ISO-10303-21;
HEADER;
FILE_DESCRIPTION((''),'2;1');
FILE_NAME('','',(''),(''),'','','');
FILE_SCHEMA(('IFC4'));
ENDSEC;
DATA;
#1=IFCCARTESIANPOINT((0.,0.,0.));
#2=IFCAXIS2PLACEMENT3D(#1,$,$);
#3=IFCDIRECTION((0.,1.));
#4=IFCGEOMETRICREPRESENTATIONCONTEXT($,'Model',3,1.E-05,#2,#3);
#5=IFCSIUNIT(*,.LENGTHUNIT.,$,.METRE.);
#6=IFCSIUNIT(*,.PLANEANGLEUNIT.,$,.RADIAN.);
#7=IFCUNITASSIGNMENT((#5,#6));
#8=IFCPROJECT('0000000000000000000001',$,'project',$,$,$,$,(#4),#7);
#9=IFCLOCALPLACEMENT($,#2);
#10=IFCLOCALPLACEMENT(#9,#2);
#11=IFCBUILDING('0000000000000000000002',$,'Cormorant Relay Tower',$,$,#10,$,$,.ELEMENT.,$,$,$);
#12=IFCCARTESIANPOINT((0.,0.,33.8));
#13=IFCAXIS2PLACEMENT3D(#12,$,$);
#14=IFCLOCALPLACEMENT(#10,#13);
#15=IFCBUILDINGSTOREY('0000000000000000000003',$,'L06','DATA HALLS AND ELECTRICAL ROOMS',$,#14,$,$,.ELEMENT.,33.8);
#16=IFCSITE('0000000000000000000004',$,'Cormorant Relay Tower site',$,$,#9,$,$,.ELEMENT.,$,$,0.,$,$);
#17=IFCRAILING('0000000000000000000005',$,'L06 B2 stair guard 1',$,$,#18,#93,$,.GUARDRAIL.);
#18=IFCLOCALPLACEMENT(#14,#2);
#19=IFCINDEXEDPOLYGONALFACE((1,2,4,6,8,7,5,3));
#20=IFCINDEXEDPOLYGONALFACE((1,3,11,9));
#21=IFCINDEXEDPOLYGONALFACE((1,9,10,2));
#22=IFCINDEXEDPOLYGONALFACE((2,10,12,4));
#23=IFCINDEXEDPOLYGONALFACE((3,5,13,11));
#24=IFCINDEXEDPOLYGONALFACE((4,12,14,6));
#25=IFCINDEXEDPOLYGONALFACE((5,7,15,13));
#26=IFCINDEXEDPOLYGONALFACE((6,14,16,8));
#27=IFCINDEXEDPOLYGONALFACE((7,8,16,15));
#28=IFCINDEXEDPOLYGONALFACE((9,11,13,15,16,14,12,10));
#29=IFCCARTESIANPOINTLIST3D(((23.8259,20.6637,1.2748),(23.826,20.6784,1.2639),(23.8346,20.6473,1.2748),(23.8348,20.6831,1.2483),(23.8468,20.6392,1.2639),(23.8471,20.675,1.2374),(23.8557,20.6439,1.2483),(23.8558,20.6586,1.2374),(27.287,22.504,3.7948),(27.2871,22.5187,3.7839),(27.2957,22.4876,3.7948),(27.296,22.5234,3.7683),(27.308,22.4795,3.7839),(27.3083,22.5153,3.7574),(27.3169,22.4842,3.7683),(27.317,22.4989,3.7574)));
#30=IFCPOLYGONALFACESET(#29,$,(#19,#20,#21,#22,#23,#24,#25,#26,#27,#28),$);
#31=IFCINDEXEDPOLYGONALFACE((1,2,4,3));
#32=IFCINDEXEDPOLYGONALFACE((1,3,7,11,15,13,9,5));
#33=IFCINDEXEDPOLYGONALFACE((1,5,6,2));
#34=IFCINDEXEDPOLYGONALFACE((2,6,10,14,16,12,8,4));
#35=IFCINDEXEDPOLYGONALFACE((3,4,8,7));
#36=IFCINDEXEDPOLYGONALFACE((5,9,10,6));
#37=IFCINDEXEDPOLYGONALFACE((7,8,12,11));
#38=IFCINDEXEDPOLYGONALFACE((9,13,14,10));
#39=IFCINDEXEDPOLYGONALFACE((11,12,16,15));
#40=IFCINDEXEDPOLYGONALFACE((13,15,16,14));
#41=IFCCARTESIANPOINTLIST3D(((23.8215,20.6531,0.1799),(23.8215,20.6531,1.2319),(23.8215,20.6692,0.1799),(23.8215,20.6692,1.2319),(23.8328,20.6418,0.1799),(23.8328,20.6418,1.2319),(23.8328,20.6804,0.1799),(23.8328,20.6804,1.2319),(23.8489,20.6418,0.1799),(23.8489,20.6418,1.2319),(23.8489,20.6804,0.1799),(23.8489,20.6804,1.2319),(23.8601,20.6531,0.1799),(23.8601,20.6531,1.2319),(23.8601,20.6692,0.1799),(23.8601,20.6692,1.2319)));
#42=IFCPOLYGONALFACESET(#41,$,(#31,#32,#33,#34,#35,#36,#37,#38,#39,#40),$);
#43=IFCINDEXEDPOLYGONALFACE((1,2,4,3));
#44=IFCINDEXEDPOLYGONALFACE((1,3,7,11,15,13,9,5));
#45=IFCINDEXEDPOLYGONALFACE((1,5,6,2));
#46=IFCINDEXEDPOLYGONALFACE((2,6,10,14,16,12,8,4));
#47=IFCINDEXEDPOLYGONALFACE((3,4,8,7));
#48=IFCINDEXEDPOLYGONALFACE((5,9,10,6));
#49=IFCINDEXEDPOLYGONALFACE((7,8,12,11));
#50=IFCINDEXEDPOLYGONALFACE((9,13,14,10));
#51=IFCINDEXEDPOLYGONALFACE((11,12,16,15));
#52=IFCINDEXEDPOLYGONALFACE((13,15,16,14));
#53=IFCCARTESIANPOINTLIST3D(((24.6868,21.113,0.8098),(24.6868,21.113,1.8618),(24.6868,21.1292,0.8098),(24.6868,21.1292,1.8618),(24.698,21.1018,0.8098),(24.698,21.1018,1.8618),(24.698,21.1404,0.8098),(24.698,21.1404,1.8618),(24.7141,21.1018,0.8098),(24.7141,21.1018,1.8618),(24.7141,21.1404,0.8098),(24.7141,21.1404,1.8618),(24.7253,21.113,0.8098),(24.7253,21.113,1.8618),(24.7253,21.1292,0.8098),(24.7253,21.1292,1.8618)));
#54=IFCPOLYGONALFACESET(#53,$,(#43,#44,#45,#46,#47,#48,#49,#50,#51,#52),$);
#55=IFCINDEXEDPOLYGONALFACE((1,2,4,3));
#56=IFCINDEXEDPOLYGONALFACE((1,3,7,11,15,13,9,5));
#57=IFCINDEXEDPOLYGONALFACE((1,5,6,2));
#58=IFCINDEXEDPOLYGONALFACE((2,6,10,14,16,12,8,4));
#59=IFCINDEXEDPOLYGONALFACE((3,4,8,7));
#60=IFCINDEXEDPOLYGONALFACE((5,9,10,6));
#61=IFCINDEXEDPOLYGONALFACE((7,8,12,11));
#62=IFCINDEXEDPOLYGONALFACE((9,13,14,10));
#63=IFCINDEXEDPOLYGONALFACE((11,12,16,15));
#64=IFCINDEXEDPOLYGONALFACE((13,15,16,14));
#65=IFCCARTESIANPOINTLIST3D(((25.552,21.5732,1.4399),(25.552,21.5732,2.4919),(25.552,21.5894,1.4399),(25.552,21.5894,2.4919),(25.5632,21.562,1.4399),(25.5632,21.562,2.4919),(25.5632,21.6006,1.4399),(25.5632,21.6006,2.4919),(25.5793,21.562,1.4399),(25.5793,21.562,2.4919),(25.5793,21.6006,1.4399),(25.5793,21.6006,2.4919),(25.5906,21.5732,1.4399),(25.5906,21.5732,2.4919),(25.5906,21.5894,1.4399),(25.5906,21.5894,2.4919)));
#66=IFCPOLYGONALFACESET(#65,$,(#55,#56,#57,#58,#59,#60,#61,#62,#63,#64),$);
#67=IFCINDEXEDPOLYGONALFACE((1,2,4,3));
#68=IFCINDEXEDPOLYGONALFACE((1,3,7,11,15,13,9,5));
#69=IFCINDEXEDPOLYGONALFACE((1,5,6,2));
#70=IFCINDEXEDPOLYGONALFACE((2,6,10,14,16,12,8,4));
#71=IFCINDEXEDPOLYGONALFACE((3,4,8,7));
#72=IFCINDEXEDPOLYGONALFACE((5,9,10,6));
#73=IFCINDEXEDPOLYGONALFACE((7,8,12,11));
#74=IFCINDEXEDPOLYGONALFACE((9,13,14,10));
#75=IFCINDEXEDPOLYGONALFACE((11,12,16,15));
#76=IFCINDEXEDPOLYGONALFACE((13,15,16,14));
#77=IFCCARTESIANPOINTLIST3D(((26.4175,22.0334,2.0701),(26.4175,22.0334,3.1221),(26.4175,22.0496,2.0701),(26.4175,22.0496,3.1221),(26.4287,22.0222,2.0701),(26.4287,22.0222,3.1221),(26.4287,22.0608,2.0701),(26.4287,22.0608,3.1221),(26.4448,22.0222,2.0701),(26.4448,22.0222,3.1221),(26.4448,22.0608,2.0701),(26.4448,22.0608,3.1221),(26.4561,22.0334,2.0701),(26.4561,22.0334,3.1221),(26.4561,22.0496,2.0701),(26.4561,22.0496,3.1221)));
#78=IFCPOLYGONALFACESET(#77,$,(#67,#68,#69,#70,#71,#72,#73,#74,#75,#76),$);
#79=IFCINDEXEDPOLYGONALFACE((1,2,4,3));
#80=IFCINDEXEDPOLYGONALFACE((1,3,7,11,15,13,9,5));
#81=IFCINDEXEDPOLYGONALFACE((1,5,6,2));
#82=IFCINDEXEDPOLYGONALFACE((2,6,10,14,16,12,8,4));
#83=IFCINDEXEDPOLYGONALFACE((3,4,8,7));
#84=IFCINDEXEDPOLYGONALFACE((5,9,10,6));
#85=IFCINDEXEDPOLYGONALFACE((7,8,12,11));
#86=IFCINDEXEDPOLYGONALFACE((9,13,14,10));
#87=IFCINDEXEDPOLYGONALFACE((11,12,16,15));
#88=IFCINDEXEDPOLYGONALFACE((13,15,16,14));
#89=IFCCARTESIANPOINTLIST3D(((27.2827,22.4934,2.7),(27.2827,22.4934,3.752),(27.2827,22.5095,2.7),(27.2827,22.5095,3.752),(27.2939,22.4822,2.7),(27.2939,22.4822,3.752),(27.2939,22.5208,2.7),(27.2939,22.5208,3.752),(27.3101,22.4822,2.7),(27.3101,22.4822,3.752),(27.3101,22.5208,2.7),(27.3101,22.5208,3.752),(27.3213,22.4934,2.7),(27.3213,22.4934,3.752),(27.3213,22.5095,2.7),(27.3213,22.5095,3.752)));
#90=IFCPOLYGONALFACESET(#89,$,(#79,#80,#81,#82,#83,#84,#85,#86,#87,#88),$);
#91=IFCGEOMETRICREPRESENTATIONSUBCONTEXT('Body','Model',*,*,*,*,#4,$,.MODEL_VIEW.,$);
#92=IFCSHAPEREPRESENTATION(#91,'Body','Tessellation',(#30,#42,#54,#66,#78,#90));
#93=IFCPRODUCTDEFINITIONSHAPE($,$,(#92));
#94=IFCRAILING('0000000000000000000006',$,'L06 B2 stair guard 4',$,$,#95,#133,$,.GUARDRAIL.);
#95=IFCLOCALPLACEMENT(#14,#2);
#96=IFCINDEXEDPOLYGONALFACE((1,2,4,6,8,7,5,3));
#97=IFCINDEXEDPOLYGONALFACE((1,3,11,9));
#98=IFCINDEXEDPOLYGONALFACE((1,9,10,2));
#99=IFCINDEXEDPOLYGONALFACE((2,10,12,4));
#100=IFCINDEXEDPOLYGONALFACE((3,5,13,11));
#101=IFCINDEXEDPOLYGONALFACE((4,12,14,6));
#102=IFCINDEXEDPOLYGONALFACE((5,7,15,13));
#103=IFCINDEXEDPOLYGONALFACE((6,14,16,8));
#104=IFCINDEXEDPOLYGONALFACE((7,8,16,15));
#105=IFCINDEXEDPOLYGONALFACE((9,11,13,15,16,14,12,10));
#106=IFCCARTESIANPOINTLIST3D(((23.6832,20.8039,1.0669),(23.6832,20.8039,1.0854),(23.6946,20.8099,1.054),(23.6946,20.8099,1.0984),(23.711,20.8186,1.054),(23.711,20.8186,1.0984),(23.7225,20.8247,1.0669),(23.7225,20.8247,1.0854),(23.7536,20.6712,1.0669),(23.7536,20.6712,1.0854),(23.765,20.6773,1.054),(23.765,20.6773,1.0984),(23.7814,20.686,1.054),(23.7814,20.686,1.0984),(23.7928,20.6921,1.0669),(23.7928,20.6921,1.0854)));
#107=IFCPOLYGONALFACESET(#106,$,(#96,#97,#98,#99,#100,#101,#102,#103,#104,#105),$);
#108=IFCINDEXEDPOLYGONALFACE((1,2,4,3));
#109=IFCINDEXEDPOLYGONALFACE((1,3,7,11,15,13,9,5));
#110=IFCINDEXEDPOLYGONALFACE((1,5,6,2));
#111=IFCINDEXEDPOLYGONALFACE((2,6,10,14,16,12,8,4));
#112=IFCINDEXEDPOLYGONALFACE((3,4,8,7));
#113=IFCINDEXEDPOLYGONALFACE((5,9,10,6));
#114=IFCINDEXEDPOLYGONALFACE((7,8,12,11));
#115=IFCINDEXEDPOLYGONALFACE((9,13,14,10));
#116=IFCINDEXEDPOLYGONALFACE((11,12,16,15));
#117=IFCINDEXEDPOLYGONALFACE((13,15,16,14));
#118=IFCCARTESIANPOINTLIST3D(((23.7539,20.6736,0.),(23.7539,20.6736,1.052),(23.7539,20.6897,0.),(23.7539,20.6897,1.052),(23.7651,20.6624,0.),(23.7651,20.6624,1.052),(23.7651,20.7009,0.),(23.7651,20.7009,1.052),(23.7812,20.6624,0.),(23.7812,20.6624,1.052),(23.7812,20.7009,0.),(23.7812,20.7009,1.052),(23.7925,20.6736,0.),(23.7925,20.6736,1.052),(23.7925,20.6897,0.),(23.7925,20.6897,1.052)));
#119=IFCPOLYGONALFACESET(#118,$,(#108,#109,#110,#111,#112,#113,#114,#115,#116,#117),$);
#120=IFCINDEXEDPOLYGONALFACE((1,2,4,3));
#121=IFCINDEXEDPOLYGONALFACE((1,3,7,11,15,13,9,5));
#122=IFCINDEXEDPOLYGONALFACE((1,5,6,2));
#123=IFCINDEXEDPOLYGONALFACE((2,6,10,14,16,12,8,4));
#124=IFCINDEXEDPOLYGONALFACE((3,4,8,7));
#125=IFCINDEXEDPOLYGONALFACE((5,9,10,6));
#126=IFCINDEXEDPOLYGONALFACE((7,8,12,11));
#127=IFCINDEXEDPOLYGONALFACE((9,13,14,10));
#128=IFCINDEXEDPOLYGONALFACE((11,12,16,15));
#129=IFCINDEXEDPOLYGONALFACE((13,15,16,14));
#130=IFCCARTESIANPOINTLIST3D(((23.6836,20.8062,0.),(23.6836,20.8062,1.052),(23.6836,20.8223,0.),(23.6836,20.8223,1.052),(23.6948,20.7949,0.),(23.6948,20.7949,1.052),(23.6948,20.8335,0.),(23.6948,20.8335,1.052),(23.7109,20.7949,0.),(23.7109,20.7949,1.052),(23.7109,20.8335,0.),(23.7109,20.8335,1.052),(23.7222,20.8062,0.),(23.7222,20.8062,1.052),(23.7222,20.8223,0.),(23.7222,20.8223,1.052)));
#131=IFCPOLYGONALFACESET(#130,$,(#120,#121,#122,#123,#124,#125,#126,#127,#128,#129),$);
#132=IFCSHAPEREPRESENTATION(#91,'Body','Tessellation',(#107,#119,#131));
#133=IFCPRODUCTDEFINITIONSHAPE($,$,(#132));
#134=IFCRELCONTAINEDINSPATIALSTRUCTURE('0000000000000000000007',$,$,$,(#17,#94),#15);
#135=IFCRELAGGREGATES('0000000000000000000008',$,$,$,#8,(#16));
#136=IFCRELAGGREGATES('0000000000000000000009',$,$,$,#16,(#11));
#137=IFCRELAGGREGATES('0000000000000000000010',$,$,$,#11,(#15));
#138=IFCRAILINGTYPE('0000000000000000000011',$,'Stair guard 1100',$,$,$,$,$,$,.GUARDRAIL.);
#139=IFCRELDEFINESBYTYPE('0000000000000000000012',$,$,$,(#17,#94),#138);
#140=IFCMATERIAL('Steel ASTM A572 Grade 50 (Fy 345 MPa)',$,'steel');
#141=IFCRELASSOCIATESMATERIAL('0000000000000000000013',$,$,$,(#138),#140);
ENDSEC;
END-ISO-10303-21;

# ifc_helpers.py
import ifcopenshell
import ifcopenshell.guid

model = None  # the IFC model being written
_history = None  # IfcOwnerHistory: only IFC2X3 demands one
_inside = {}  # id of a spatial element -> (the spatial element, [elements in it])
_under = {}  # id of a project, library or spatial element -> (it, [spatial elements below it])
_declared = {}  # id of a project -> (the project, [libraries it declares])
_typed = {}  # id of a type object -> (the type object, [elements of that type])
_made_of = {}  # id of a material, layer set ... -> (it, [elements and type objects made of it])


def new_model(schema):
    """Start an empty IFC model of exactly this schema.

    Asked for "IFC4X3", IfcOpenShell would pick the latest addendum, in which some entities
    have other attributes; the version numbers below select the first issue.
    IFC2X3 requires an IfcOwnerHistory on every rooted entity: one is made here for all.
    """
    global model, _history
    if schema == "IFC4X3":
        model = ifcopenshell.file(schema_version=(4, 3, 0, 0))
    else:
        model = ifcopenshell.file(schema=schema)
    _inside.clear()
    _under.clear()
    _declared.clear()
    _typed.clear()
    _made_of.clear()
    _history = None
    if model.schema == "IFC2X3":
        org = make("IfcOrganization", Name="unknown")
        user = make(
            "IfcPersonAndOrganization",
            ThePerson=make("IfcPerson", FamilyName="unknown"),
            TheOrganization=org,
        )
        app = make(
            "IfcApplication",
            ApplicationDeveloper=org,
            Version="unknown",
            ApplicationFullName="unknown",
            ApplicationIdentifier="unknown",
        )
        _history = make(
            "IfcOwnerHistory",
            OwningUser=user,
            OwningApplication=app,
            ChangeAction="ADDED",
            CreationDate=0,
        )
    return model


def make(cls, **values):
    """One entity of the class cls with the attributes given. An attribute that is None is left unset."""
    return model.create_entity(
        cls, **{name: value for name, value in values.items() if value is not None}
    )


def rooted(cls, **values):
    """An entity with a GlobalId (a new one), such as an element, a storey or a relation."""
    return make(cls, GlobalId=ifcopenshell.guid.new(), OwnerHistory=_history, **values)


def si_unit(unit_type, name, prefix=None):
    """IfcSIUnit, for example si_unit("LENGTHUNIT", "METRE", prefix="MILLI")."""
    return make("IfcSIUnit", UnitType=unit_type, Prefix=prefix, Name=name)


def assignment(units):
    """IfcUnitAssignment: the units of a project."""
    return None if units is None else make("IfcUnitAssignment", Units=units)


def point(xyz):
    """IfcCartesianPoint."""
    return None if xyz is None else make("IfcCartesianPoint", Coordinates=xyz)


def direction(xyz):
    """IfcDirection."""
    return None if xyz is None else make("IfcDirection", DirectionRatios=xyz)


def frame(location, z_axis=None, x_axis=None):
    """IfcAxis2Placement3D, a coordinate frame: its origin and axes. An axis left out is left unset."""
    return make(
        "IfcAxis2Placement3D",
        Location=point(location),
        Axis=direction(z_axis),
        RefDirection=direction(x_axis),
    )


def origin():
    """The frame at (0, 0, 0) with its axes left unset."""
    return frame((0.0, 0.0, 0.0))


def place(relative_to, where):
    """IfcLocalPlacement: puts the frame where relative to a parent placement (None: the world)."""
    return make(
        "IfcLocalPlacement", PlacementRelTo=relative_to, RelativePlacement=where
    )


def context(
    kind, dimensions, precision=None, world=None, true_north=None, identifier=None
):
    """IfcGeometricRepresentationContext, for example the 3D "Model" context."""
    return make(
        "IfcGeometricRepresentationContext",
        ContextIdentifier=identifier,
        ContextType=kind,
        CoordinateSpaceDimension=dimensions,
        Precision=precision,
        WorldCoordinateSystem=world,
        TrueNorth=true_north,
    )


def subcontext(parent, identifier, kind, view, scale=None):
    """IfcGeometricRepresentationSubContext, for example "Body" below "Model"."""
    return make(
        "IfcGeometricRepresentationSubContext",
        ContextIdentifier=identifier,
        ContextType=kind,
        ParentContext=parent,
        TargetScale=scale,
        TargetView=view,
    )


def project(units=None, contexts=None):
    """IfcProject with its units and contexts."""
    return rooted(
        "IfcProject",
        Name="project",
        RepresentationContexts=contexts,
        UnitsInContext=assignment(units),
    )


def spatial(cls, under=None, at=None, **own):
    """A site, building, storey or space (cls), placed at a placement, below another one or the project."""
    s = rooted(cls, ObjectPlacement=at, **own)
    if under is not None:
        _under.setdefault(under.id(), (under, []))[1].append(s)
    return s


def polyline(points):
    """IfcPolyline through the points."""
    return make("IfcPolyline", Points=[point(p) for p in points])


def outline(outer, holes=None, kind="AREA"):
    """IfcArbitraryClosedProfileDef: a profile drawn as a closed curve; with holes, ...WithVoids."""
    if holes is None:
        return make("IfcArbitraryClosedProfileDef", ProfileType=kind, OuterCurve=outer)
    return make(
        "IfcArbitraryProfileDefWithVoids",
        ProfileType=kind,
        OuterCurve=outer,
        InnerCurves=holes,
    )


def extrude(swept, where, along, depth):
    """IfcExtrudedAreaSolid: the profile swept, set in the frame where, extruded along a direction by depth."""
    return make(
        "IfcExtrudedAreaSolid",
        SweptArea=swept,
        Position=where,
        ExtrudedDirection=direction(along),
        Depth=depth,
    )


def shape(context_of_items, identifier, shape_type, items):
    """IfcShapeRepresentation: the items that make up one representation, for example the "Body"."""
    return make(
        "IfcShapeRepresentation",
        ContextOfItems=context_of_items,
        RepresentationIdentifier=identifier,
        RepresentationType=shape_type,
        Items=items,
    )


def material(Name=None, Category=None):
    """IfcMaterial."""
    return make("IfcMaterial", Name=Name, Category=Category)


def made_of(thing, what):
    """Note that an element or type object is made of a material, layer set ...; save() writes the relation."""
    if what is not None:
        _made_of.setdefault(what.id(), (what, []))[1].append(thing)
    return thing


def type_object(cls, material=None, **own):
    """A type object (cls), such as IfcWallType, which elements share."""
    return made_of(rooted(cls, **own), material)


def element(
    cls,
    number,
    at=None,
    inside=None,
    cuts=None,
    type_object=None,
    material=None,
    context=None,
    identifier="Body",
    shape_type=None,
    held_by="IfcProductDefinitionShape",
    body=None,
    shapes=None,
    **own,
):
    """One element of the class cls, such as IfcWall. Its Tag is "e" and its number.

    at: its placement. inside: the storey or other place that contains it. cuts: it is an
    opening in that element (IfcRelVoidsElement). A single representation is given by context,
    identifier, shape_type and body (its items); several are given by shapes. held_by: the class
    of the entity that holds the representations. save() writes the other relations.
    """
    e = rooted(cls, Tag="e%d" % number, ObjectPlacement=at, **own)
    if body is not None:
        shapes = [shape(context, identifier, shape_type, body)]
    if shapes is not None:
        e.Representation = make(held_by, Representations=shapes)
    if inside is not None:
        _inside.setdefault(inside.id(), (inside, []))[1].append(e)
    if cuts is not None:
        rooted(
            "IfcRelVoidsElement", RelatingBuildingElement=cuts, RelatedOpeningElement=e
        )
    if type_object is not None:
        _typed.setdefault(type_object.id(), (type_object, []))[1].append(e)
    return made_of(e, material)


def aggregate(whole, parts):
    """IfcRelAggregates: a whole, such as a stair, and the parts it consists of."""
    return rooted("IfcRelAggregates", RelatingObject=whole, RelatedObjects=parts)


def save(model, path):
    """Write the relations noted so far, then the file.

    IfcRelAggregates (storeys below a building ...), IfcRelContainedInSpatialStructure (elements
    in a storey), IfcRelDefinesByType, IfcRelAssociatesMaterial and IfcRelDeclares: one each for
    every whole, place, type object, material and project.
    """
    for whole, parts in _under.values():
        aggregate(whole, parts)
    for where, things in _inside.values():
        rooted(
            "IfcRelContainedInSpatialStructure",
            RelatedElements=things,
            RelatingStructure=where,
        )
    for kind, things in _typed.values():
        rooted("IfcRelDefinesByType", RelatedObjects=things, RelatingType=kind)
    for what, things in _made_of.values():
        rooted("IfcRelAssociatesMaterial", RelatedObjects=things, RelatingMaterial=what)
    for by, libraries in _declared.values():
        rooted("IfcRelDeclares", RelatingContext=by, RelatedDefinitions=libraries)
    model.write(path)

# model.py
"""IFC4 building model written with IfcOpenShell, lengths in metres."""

from ifc_helpers import new_model, si_unit, direction, frame, origin, place, context, subcontext, project, spatial, polyline, outline, extrude, material, type_object, element, save


model = new_model("IFC4")

# Units and contexts
model_context = context("Model", 3, precision=1e-05, world=origin(), true_north=direction((0.0, 1.0)))
body_context = subcontext(model_context, "Body", "Model", "MODEL_VIEW")
ifc_project = project(units=[si_unit("LENGTHUNIT", "METRE"), si_unit("PLANEANGLEUNIT", "RADIAN")], contexts=[model_context])

# Site, building, storey
site_placement = place(None, origin())
site = spatial("IfcSite", under=ifc_project, at=site_placement, Name="Cormorant Relay Tower site", CompositionType="ELEMENT", RefElevation=0.0)
building_placement = place(site_placement, origin())
building = spatial("IfcBuilding", under=site, at=building_placement, Name="Cormorant Relay Tower", CompositionType="ELEMENT")
storey_placement = place(building_placement, frame((0.0, 0.0, 33.8)))
storey = spatial("IfcBuildingStorey", under=building, at=storey_placement, Name="L06", Description="DATA HALLS AND ELECTRICAL ROOMS", CompositionType="ELEMENT", Elevation=33.8)

# Railings
ifc_material_1 = material(Name="Steel ASTM A572 Grade 50 (Fy 345 MPa)", Category="steel")
railing_type_1 = type_object("IfcRailingType", Name="Stair guard 1100", PredefinedType="GUARDRAIL", material=ifc_material_1)
railing_1_placement = place(storey_placement, frame((23.8408, 20.6611, 0.1799)))
element("IfcRailing", 1, at=railing_1_placement, inside=storey, type_object=railing_type_1, Name="L06 B2 stair guard 1", PredefinedType="GUARDRAIL", context=body_context, shape_type="SweptSolid", body=[
    extrude(outline(polyline([(0.0222, 0.0093), (0.0093, 0.0222), (-0.0093, 0.0222), (-0.0222, 0.0093), (-0.0222, -0.0093), (-0.0093, -0.0222), (0.0093, -0.0222), (0.0222, -0.0093), (0.0222, 0.0093)])), frame((0.0, 0.0, 1.0762), z_axis=(0.742717, 0.394907, 0.540758), x_axis=(-0.469469, 0.882949, 0.0)), (0.0, 0.0, 1.0), 4.6602),
    extrude(outline(polyline([(0.0193, 0.0081), (0.0081, 0.0193), (-0.0081, 0.0193), (-0.0193, 0.0081), (-0.0193, -0.0081), (-0.0081, -0.0193), (0.0081, -0.0193), (0.0193, -0.0081), (0.0193, 0.0081)])), origin(), (0.0, 0.0, 1.0), 1.052),
    extrude(outline(polyline([(0.0193, 0.0081), (0.0081, 0.0193), (-0.0081, 0.0193), (-0.0193, 0.0081), (-0.0193, -0.0081), (-0.0081, -0.0193), (0.0081, -0.0193), (0.0193, -0.0081), (0.0193, 0.0081)])), frame((0.8652, 0.46, 0.6299)), (0.0, 0.0, 1.0), 1.052),
    extrude(outline(polyline([(0.0193, 0.0081), (0.0081, 0.0193), (-0.0081, 0.0193), (-0.0193, 0.0081), (-0.0193, -0.0081), (-0.0081, -0.0193), (0.0081, -0.0193), (0.0193, -0.0081), (0.0193, 0.0081)])), frame((1.7305, 0.9202, 1.26)), (0.0, 0.0, 1.0), 1.052),
    extrude(outline(polyline([(0.0193, 0.0081), (0.0081, 0.0193), (-0.0081, 0.0193), (-0.0193, 0.0081), (-0.0193, -0.0081), (-0.0081, -0.0193), (0.0081, -0.0193), (0.0193, -0.0081), (0.0193, 0.0081)])), frame((2.5959, 1.3804, 1.8901)), (0.0, 0.0, 1.0), 1.052),
    extrude(outline(polyline([(0.0193, 0.0081), (0.0081, 0.0193), (-0.0081, 0.0193), (-0.0193, 0.0081), (-0.0193, -0.0081), (-0.0081, -0.0193), (0.0081, -0.0193), (0.0193, -0.0081), (0.0193, 0.0081)])), frame((3.4612, 1.8403, 2.52)), (0.0, 0.0, 1.0), 1.052),
])
railing_2_placement = place(storey_placement, frame((23.7732, 20.6816, 0.0)))
element("IfcRailing", 2, at=railing_2_placement, inside=storey, type_object=railing_type_1, Name="L06 B2 stair guard 4", PredefinedType="GUARDRAIL", context=body_context, shape_type="SweptSolid", body=[
    extrude(outline(polyline([(0.0222, 0.0093), (0.0093, 0.0222), (-0.0093, 0.0222), (-0.0222, 0.0093), (-0.0222, -0.0093), (-0.0093, -0.0222), (0.0093, -0.0222), (0.0222, -0.0093), (0.0222, 0.0093)])), frame((0.0, 0.0, 1.0762), z_axis=(-0.46856, 0.883431, 0.0), x_axis=(-0.883431, -0.46856, 0.0)), (0.0, 0.0, 1.0), 0.1501),
    extrude(outline(polyline([(0.0193, 0.0081), (0.0081, 0.0193), (-0.0081, 0.0193), (-0.0193, 0.0081), (-0.0193, -0.0081), (-0.0081, -0.0193), (0.0081, -0.0193), (0.0193, -0.0081), (0.0193, 0.0081)])), origin(), (0.0, 0.0, 1.0), 1.052),
    extrude(outline(polyline([(0.0193, 0.0081), (0.0081, 0.0193), (-0.0081, 0.0193), (-0.0193, 0.0081), (-0.0193, -0.0081), (-0.0081, -0.0193), (0.0081, -0.0193), (0.0193, -0.0081), (0.0193, 0.0081)])), frame((-0.0703, 0.1326, 0.0)), (0.0, 0.0, 1.0), 1.052),
])

save(model, "model.ifc")
